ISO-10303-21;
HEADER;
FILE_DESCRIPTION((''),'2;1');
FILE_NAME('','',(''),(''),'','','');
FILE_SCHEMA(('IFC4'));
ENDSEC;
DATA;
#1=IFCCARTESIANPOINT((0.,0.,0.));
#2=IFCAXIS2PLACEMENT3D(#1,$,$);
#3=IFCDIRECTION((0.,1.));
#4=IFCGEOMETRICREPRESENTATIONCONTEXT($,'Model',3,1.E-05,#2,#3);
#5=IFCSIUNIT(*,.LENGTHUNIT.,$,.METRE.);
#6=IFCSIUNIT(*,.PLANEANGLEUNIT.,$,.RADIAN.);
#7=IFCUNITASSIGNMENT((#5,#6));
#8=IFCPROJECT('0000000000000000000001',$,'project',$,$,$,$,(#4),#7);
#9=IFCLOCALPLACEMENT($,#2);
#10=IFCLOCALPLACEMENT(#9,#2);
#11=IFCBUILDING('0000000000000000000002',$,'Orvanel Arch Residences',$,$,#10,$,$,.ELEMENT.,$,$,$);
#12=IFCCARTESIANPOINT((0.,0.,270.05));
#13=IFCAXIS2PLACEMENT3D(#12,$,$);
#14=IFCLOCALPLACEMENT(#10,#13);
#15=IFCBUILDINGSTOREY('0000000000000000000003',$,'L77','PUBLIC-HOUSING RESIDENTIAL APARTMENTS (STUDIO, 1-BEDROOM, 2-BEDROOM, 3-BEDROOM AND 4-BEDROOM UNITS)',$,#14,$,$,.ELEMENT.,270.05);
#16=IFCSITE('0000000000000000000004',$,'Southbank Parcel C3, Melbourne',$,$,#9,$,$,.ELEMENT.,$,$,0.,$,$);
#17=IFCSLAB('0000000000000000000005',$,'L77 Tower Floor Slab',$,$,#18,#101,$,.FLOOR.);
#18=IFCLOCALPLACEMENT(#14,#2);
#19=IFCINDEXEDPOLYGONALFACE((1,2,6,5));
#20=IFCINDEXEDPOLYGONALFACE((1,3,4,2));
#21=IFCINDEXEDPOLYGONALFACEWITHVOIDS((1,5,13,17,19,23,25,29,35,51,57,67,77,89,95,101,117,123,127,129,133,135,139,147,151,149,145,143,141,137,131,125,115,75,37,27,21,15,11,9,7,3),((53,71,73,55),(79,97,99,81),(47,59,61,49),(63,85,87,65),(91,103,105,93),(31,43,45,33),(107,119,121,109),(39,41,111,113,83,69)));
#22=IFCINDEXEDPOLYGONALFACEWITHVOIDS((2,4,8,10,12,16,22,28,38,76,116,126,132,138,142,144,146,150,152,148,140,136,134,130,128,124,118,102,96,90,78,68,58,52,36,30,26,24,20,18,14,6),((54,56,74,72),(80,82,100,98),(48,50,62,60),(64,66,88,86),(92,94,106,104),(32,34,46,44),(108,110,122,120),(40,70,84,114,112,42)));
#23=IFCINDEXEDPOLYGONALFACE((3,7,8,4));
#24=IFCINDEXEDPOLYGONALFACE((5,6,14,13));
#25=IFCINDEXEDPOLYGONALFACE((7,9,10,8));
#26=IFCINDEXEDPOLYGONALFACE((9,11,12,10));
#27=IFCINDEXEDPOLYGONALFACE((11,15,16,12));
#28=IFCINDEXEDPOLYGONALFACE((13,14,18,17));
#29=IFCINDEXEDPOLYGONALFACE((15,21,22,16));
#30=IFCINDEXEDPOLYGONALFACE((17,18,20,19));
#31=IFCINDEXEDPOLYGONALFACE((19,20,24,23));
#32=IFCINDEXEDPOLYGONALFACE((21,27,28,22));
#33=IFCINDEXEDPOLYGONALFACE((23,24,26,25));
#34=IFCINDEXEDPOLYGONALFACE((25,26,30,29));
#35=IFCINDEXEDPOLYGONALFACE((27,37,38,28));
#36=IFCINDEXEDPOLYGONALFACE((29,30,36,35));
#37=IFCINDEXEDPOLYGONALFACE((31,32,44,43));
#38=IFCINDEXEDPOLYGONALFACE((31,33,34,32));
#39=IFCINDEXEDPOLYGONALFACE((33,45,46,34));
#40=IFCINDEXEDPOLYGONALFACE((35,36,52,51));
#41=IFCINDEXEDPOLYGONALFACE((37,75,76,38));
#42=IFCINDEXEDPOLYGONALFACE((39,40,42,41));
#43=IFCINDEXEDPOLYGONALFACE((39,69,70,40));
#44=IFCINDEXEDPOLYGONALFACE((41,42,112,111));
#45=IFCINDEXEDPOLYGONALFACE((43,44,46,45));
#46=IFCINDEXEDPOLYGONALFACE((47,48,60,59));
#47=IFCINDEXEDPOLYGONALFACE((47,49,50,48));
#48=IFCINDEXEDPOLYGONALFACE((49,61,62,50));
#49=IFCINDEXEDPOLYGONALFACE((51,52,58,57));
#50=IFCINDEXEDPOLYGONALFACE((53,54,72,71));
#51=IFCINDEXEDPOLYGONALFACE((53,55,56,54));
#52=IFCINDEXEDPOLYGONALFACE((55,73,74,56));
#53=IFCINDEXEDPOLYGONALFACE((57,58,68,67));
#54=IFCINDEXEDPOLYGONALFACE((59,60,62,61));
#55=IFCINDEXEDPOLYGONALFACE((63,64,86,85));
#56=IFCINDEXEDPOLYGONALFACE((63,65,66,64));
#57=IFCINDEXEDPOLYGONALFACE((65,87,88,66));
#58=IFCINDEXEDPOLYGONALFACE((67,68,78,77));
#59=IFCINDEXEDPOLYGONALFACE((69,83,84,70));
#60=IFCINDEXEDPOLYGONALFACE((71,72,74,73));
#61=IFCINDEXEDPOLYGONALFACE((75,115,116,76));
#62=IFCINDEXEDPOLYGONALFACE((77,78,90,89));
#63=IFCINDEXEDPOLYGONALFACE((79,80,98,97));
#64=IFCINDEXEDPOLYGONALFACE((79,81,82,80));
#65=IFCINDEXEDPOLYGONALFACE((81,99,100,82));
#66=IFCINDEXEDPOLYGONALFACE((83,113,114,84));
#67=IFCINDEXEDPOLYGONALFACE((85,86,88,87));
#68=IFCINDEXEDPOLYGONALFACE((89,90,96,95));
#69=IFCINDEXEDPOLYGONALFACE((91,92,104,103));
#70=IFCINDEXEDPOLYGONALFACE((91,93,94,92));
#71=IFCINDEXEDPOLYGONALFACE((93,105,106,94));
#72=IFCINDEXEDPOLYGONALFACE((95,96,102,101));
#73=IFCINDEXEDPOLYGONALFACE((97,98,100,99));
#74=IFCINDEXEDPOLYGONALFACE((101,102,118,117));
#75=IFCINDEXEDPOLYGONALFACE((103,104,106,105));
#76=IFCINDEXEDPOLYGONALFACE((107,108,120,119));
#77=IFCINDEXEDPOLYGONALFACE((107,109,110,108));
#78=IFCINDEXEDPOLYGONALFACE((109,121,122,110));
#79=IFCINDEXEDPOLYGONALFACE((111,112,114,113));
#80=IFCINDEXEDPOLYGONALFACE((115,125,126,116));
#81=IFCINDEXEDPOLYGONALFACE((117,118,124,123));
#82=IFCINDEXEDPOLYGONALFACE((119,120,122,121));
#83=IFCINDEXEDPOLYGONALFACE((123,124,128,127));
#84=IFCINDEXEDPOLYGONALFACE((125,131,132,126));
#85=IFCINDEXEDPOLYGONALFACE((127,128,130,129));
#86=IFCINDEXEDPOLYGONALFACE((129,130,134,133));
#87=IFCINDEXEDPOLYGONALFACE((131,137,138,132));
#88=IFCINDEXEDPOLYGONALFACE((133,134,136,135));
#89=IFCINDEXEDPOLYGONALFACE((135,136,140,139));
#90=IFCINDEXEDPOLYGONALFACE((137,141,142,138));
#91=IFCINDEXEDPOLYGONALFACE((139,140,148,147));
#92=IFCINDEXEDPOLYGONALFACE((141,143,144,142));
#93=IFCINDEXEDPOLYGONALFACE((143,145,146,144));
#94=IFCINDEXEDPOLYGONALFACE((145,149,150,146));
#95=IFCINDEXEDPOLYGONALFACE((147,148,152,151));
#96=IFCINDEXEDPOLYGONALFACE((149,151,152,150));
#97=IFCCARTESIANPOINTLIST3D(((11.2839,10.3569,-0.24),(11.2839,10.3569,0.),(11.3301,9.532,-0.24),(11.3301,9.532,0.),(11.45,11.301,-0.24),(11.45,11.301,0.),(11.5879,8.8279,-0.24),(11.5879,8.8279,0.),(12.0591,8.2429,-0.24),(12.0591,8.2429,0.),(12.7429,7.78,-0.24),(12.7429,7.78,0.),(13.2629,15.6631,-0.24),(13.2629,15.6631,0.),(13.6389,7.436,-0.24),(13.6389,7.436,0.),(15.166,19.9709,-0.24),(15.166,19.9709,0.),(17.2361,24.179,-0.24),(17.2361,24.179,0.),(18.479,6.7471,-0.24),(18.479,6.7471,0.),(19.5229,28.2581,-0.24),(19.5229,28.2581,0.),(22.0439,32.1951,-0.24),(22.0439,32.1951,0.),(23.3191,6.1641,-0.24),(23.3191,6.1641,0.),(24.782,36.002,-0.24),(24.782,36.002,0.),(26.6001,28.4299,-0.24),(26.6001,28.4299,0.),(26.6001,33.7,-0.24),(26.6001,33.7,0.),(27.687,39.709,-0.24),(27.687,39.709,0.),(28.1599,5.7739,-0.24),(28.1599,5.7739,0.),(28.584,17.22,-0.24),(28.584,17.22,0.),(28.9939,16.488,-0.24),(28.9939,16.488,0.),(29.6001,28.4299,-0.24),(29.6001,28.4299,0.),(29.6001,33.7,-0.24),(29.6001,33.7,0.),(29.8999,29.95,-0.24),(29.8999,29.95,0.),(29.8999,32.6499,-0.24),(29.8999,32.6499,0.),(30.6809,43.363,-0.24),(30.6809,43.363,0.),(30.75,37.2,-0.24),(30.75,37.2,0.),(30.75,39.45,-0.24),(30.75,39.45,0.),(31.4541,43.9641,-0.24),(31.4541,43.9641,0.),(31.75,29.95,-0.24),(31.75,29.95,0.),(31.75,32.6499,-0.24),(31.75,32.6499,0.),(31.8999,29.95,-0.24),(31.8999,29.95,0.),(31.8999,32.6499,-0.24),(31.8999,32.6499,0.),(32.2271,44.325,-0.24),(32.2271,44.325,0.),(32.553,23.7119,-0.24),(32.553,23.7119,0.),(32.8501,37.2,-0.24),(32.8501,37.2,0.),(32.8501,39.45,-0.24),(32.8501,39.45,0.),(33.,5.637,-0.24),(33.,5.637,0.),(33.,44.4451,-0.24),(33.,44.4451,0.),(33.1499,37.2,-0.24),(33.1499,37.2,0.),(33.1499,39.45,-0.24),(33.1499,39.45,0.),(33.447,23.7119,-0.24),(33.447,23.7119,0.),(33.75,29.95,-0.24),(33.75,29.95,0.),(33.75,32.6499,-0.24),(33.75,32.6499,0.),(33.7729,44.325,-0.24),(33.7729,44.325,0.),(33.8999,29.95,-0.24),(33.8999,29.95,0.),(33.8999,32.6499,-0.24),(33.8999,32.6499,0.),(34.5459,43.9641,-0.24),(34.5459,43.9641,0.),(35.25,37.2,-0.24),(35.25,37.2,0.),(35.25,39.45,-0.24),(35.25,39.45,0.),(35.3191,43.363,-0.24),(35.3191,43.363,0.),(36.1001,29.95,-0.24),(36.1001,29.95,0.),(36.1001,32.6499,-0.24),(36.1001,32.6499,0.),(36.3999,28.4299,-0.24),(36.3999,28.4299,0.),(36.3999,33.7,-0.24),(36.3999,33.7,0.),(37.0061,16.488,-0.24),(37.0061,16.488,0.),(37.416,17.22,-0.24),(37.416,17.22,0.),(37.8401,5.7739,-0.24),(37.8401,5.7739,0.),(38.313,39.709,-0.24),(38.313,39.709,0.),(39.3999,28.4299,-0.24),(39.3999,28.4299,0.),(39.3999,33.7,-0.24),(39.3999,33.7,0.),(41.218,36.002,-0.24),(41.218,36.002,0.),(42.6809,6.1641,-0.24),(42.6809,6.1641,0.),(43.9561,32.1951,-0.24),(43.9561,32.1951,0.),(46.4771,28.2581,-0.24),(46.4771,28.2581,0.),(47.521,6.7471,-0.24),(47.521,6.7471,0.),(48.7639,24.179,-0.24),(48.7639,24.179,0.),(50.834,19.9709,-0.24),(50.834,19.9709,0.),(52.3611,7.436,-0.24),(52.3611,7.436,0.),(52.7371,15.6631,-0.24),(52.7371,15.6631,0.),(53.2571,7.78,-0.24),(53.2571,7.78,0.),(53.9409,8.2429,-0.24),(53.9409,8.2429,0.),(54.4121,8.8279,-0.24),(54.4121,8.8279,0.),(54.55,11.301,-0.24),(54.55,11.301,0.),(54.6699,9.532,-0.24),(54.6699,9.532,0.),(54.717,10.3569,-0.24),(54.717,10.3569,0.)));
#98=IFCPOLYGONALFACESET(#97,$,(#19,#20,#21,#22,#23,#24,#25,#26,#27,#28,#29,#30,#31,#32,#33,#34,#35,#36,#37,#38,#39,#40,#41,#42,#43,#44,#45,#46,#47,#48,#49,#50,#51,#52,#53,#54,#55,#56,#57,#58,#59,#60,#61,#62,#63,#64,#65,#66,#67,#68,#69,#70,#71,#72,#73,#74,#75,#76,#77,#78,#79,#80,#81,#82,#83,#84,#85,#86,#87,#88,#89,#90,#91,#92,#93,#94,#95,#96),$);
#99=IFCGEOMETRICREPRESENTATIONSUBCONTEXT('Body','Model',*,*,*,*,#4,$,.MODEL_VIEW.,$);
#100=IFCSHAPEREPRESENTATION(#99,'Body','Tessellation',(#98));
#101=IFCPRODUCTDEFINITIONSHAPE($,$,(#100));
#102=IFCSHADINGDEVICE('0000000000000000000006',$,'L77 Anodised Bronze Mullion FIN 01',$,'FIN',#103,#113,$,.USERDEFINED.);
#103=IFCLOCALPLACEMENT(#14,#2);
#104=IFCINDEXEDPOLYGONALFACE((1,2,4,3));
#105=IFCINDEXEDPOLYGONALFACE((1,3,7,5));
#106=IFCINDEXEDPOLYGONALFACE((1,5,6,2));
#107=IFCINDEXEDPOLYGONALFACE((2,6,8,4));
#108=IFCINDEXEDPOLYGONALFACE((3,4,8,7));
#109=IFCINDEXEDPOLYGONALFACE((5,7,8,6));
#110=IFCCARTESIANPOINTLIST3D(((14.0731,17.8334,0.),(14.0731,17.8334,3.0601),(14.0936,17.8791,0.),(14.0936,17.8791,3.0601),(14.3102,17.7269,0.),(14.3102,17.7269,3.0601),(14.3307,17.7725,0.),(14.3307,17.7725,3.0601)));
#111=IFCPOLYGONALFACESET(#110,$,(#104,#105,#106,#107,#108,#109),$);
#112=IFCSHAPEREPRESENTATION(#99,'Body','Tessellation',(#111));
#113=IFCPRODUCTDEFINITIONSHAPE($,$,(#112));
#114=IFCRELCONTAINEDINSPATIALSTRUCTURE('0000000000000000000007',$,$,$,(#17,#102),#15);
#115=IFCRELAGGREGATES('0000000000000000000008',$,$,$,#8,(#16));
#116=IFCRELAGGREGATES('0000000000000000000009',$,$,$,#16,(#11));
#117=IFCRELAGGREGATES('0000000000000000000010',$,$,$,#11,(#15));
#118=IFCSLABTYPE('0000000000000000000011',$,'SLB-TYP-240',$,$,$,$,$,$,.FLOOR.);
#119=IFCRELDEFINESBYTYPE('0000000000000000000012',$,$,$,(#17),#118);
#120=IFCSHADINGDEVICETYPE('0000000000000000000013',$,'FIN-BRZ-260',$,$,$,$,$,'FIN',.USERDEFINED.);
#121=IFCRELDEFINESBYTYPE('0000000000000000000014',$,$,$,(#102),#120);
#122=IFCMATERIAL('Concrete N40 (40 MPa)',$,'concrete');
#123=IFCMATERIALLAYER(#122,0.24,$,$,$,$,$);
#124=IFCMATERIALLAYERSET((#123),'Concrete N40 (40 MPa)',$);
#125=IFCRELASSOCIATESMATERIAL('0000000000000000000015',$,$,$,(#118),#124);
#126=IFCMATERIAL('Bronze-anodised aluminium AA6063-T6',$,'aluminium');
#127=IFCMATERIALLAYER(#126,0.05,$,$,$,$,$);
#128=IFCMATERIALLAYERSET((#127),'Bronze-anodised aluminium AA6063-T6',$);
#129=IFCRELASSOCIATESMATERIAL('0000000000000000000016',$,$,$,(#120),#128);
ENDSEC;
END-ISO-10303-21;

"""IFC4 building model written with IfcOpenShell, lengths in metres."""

from ifc_helpers import new_model, si_unit, direction, frame, origin, origin_2d, place, context, subcontext, project, spatial, polyline, rectangle, outline, extrude, material, layer, layer_set, type_object, element, save


model = new_model("IFC4")

# Units and contexts
model_context = context("Model", 3, precision=1e-05, world=origin(), true_north=direction((0.0, 1.0)))
body_context = subcontext(model_context, "Body", "Model", "MODEL_VIEW")
ifc_project = project(units=[si_unit("LENGTHUNIT", "METRE"), si_unit("PLANEANGLEUNIT", "RADIAN")], contexts=[model_context])

# Site, building, storey
site_placement = place(None, origin())
site = spatial("IfcSite", under=ifc_project, at=site_placement, Name="Southbank Parcel C3, Melbourne", CompositionType="ELEMENT", RefElevation=0.0)
building_placement = place(site_placement, origin())
building = spatial("IfcBuilding", under=site, at=building_placement, Name="Orvanel Arch Residences", CompositionType="ELEMENT")
storey_placement = place(building_placement, frame((0.0, 0.0, 270.05)))
storey = spatial("IfcBuildingStorey", under=building, at=storey_placement, Name="L77", Description="PUBLIC-HOUSING RESIDENTIAL APARTMENTS (STUDIO, 1-BEDROOM, 2-BEDROOM, 3-BEDROOM AND 4-BEDROOM UNITS)", CompositionType="ELEMENT", Elevation=270.05)

# Shared definitions
ifc_material_1 = material(Name="Bronze-anodised aluminium AA6063-T6", Category="aluminium")

# Shared definitions
ifc_material_2 = material(Name="Concrete N40 (40 MPa)", Category="concrete")

# Slab
ifc_layer_1 = layer(ifc_material_2, 0.24)
ifc_layer_set_1 = layer_set([ifc_layer_1], Name="Concrete N40 (40 MPa)")
slab_type_1 = type_object("IfcSlabType", Name="SLB-TYP-240", PredefinedType="FLOOR", material=ifc_layer_set_1)
slab_1_placement = place(storey_placement, frame((0.0, 0.0, -0.24)))
element("IfcSlab", 1, at=slab_1_placement, inside=storey, type_object=slab_type_1, Name="L77 Tower Floor Slab", PredefinedType="FLOOR", context=body_context, shape_type="SweptSolid", body=[
    extrude(outline(polyline([(35.3191, 43.363), (34.5459, 43.9641), (33.7729, 44.325), (33.0, 44.4451), (32.2271, 44.325), (31.4541, 43.9641), (30.6809, 43.363), (27.687, 39.709), (24.782, 36.002), (22.0439, 32.1951), (19.5229, 28.2581), (17.2361, 24.179), (15.166, 19.9709), (13.2629, 15.6631), (11.45, 11.301), (11.2839, 10.3569), (11.3301, 9.532), (11.5879, 8.8279), (12.0591, 8.2429), (12.7429, 7.78), (13.6389, 7.436), (18.479, 6.7471), (23.3191, 6.1641), (28.1599, 5.7739), (33.0, 5.637), (37.8401, 5.7739), (42.6809, 6.1641), (47.521, 6.7471), (52.3611, 7.436), (53.2571, 7.78), (53.9409, 8.2429), (54.4121, 8.8279), (54.6699, 9.532), (54.717, 10.3569), (54.55, 11.301), (52.7371, 15.6631), (50.834, 19.9709), (48.7639, 24.179), (46.4771, 28.2581), (43.9561, 32.1951), (41.218, 36.002), (38.313, 39.709), (35.3191, 43.363)]), holes=[polyline([(26.6001, 28.4299), (26.6001, 33.7), (29.6001, 33.7), (29.6001, 28.4299), (26.6001, 28.4299)]), polyline([(36.3999, 28.4299), (36.3999, 33.7), (39.3999, 33.7), (39.3999, 28.4299), (36.3999, 28.4299)]), polyline([(29.8999, 32.6499), (31.75, 32.6499), (31.75, 29.95), (29.8999, 29.95), (29.8999, 32.6499)]), polyline([(31.8999, 32.6499), (33.75, 32.6499), (33.75, 29.95), (31.8999, 29.95), (31.8999, 32.6499)]), polyline([(33.8999, 32.6499), (36.1001, 32.6499), (36.1001, 29.95), (33.8999, 29.95), (33.8999, 32.6499)]), polyline([(30.75, 39.45), (32.8501, 39.45), (32.8501, 37.2), (30.75, 37.2), (30.75, 39.45)]), polyline([(33.1499, 39.45), (35.25, 39.45), (35.25, 37.2), (33.1499, 37.2), (33.1499, 39.45)]), polyline([(37.416, 17.22), (37.0061, 16.488), (28.9939, 16.488), (28.584, 17.22), (32.553, 23.7119), (33.447, 23.7119), (37.416, 17.22)])]), origin(), (0.0, 0.0, 1.0), 0.24),
])

# Shading device
ifc_layer_2 = layer(ifc_material_1, 0.05)
ifc_layer_set_2 = layer_set([ifc_layer_2], Name="Bronze-anodised aluminium AA6063-T6")
shading_device_type = type_object("IfcShadingDeviceType", Name="FIN-BRZ-260", ElementType="FIN", PredefinedType="USERDEFINED", material=ifc_layer_set_2)
shading_device_placement = place(storey_placement, frame((14.2019, 17.803, 0.0), z_axis=(0.0, 0.0, 1.0), x_axis=(-0.91212, 0.409923, 0.0)))
element("IfcShadingDevice", 2, at=shading_device_placement, inside=storey, type_object=shading_device_type, Name="L77 Anodised Bronze Mullion FIN 01", ObjectType="FIN", PredefinedType="USERDEFINED", context=body_context, shape_type="SweptSolid", body=[
    extrude(rectangle(XDim=0.26, YDim=0.05, at=origin_2d()), origin(), (0.0, 0.0, 1.0), 3.0601),
])

save(model, "model.ifc")
